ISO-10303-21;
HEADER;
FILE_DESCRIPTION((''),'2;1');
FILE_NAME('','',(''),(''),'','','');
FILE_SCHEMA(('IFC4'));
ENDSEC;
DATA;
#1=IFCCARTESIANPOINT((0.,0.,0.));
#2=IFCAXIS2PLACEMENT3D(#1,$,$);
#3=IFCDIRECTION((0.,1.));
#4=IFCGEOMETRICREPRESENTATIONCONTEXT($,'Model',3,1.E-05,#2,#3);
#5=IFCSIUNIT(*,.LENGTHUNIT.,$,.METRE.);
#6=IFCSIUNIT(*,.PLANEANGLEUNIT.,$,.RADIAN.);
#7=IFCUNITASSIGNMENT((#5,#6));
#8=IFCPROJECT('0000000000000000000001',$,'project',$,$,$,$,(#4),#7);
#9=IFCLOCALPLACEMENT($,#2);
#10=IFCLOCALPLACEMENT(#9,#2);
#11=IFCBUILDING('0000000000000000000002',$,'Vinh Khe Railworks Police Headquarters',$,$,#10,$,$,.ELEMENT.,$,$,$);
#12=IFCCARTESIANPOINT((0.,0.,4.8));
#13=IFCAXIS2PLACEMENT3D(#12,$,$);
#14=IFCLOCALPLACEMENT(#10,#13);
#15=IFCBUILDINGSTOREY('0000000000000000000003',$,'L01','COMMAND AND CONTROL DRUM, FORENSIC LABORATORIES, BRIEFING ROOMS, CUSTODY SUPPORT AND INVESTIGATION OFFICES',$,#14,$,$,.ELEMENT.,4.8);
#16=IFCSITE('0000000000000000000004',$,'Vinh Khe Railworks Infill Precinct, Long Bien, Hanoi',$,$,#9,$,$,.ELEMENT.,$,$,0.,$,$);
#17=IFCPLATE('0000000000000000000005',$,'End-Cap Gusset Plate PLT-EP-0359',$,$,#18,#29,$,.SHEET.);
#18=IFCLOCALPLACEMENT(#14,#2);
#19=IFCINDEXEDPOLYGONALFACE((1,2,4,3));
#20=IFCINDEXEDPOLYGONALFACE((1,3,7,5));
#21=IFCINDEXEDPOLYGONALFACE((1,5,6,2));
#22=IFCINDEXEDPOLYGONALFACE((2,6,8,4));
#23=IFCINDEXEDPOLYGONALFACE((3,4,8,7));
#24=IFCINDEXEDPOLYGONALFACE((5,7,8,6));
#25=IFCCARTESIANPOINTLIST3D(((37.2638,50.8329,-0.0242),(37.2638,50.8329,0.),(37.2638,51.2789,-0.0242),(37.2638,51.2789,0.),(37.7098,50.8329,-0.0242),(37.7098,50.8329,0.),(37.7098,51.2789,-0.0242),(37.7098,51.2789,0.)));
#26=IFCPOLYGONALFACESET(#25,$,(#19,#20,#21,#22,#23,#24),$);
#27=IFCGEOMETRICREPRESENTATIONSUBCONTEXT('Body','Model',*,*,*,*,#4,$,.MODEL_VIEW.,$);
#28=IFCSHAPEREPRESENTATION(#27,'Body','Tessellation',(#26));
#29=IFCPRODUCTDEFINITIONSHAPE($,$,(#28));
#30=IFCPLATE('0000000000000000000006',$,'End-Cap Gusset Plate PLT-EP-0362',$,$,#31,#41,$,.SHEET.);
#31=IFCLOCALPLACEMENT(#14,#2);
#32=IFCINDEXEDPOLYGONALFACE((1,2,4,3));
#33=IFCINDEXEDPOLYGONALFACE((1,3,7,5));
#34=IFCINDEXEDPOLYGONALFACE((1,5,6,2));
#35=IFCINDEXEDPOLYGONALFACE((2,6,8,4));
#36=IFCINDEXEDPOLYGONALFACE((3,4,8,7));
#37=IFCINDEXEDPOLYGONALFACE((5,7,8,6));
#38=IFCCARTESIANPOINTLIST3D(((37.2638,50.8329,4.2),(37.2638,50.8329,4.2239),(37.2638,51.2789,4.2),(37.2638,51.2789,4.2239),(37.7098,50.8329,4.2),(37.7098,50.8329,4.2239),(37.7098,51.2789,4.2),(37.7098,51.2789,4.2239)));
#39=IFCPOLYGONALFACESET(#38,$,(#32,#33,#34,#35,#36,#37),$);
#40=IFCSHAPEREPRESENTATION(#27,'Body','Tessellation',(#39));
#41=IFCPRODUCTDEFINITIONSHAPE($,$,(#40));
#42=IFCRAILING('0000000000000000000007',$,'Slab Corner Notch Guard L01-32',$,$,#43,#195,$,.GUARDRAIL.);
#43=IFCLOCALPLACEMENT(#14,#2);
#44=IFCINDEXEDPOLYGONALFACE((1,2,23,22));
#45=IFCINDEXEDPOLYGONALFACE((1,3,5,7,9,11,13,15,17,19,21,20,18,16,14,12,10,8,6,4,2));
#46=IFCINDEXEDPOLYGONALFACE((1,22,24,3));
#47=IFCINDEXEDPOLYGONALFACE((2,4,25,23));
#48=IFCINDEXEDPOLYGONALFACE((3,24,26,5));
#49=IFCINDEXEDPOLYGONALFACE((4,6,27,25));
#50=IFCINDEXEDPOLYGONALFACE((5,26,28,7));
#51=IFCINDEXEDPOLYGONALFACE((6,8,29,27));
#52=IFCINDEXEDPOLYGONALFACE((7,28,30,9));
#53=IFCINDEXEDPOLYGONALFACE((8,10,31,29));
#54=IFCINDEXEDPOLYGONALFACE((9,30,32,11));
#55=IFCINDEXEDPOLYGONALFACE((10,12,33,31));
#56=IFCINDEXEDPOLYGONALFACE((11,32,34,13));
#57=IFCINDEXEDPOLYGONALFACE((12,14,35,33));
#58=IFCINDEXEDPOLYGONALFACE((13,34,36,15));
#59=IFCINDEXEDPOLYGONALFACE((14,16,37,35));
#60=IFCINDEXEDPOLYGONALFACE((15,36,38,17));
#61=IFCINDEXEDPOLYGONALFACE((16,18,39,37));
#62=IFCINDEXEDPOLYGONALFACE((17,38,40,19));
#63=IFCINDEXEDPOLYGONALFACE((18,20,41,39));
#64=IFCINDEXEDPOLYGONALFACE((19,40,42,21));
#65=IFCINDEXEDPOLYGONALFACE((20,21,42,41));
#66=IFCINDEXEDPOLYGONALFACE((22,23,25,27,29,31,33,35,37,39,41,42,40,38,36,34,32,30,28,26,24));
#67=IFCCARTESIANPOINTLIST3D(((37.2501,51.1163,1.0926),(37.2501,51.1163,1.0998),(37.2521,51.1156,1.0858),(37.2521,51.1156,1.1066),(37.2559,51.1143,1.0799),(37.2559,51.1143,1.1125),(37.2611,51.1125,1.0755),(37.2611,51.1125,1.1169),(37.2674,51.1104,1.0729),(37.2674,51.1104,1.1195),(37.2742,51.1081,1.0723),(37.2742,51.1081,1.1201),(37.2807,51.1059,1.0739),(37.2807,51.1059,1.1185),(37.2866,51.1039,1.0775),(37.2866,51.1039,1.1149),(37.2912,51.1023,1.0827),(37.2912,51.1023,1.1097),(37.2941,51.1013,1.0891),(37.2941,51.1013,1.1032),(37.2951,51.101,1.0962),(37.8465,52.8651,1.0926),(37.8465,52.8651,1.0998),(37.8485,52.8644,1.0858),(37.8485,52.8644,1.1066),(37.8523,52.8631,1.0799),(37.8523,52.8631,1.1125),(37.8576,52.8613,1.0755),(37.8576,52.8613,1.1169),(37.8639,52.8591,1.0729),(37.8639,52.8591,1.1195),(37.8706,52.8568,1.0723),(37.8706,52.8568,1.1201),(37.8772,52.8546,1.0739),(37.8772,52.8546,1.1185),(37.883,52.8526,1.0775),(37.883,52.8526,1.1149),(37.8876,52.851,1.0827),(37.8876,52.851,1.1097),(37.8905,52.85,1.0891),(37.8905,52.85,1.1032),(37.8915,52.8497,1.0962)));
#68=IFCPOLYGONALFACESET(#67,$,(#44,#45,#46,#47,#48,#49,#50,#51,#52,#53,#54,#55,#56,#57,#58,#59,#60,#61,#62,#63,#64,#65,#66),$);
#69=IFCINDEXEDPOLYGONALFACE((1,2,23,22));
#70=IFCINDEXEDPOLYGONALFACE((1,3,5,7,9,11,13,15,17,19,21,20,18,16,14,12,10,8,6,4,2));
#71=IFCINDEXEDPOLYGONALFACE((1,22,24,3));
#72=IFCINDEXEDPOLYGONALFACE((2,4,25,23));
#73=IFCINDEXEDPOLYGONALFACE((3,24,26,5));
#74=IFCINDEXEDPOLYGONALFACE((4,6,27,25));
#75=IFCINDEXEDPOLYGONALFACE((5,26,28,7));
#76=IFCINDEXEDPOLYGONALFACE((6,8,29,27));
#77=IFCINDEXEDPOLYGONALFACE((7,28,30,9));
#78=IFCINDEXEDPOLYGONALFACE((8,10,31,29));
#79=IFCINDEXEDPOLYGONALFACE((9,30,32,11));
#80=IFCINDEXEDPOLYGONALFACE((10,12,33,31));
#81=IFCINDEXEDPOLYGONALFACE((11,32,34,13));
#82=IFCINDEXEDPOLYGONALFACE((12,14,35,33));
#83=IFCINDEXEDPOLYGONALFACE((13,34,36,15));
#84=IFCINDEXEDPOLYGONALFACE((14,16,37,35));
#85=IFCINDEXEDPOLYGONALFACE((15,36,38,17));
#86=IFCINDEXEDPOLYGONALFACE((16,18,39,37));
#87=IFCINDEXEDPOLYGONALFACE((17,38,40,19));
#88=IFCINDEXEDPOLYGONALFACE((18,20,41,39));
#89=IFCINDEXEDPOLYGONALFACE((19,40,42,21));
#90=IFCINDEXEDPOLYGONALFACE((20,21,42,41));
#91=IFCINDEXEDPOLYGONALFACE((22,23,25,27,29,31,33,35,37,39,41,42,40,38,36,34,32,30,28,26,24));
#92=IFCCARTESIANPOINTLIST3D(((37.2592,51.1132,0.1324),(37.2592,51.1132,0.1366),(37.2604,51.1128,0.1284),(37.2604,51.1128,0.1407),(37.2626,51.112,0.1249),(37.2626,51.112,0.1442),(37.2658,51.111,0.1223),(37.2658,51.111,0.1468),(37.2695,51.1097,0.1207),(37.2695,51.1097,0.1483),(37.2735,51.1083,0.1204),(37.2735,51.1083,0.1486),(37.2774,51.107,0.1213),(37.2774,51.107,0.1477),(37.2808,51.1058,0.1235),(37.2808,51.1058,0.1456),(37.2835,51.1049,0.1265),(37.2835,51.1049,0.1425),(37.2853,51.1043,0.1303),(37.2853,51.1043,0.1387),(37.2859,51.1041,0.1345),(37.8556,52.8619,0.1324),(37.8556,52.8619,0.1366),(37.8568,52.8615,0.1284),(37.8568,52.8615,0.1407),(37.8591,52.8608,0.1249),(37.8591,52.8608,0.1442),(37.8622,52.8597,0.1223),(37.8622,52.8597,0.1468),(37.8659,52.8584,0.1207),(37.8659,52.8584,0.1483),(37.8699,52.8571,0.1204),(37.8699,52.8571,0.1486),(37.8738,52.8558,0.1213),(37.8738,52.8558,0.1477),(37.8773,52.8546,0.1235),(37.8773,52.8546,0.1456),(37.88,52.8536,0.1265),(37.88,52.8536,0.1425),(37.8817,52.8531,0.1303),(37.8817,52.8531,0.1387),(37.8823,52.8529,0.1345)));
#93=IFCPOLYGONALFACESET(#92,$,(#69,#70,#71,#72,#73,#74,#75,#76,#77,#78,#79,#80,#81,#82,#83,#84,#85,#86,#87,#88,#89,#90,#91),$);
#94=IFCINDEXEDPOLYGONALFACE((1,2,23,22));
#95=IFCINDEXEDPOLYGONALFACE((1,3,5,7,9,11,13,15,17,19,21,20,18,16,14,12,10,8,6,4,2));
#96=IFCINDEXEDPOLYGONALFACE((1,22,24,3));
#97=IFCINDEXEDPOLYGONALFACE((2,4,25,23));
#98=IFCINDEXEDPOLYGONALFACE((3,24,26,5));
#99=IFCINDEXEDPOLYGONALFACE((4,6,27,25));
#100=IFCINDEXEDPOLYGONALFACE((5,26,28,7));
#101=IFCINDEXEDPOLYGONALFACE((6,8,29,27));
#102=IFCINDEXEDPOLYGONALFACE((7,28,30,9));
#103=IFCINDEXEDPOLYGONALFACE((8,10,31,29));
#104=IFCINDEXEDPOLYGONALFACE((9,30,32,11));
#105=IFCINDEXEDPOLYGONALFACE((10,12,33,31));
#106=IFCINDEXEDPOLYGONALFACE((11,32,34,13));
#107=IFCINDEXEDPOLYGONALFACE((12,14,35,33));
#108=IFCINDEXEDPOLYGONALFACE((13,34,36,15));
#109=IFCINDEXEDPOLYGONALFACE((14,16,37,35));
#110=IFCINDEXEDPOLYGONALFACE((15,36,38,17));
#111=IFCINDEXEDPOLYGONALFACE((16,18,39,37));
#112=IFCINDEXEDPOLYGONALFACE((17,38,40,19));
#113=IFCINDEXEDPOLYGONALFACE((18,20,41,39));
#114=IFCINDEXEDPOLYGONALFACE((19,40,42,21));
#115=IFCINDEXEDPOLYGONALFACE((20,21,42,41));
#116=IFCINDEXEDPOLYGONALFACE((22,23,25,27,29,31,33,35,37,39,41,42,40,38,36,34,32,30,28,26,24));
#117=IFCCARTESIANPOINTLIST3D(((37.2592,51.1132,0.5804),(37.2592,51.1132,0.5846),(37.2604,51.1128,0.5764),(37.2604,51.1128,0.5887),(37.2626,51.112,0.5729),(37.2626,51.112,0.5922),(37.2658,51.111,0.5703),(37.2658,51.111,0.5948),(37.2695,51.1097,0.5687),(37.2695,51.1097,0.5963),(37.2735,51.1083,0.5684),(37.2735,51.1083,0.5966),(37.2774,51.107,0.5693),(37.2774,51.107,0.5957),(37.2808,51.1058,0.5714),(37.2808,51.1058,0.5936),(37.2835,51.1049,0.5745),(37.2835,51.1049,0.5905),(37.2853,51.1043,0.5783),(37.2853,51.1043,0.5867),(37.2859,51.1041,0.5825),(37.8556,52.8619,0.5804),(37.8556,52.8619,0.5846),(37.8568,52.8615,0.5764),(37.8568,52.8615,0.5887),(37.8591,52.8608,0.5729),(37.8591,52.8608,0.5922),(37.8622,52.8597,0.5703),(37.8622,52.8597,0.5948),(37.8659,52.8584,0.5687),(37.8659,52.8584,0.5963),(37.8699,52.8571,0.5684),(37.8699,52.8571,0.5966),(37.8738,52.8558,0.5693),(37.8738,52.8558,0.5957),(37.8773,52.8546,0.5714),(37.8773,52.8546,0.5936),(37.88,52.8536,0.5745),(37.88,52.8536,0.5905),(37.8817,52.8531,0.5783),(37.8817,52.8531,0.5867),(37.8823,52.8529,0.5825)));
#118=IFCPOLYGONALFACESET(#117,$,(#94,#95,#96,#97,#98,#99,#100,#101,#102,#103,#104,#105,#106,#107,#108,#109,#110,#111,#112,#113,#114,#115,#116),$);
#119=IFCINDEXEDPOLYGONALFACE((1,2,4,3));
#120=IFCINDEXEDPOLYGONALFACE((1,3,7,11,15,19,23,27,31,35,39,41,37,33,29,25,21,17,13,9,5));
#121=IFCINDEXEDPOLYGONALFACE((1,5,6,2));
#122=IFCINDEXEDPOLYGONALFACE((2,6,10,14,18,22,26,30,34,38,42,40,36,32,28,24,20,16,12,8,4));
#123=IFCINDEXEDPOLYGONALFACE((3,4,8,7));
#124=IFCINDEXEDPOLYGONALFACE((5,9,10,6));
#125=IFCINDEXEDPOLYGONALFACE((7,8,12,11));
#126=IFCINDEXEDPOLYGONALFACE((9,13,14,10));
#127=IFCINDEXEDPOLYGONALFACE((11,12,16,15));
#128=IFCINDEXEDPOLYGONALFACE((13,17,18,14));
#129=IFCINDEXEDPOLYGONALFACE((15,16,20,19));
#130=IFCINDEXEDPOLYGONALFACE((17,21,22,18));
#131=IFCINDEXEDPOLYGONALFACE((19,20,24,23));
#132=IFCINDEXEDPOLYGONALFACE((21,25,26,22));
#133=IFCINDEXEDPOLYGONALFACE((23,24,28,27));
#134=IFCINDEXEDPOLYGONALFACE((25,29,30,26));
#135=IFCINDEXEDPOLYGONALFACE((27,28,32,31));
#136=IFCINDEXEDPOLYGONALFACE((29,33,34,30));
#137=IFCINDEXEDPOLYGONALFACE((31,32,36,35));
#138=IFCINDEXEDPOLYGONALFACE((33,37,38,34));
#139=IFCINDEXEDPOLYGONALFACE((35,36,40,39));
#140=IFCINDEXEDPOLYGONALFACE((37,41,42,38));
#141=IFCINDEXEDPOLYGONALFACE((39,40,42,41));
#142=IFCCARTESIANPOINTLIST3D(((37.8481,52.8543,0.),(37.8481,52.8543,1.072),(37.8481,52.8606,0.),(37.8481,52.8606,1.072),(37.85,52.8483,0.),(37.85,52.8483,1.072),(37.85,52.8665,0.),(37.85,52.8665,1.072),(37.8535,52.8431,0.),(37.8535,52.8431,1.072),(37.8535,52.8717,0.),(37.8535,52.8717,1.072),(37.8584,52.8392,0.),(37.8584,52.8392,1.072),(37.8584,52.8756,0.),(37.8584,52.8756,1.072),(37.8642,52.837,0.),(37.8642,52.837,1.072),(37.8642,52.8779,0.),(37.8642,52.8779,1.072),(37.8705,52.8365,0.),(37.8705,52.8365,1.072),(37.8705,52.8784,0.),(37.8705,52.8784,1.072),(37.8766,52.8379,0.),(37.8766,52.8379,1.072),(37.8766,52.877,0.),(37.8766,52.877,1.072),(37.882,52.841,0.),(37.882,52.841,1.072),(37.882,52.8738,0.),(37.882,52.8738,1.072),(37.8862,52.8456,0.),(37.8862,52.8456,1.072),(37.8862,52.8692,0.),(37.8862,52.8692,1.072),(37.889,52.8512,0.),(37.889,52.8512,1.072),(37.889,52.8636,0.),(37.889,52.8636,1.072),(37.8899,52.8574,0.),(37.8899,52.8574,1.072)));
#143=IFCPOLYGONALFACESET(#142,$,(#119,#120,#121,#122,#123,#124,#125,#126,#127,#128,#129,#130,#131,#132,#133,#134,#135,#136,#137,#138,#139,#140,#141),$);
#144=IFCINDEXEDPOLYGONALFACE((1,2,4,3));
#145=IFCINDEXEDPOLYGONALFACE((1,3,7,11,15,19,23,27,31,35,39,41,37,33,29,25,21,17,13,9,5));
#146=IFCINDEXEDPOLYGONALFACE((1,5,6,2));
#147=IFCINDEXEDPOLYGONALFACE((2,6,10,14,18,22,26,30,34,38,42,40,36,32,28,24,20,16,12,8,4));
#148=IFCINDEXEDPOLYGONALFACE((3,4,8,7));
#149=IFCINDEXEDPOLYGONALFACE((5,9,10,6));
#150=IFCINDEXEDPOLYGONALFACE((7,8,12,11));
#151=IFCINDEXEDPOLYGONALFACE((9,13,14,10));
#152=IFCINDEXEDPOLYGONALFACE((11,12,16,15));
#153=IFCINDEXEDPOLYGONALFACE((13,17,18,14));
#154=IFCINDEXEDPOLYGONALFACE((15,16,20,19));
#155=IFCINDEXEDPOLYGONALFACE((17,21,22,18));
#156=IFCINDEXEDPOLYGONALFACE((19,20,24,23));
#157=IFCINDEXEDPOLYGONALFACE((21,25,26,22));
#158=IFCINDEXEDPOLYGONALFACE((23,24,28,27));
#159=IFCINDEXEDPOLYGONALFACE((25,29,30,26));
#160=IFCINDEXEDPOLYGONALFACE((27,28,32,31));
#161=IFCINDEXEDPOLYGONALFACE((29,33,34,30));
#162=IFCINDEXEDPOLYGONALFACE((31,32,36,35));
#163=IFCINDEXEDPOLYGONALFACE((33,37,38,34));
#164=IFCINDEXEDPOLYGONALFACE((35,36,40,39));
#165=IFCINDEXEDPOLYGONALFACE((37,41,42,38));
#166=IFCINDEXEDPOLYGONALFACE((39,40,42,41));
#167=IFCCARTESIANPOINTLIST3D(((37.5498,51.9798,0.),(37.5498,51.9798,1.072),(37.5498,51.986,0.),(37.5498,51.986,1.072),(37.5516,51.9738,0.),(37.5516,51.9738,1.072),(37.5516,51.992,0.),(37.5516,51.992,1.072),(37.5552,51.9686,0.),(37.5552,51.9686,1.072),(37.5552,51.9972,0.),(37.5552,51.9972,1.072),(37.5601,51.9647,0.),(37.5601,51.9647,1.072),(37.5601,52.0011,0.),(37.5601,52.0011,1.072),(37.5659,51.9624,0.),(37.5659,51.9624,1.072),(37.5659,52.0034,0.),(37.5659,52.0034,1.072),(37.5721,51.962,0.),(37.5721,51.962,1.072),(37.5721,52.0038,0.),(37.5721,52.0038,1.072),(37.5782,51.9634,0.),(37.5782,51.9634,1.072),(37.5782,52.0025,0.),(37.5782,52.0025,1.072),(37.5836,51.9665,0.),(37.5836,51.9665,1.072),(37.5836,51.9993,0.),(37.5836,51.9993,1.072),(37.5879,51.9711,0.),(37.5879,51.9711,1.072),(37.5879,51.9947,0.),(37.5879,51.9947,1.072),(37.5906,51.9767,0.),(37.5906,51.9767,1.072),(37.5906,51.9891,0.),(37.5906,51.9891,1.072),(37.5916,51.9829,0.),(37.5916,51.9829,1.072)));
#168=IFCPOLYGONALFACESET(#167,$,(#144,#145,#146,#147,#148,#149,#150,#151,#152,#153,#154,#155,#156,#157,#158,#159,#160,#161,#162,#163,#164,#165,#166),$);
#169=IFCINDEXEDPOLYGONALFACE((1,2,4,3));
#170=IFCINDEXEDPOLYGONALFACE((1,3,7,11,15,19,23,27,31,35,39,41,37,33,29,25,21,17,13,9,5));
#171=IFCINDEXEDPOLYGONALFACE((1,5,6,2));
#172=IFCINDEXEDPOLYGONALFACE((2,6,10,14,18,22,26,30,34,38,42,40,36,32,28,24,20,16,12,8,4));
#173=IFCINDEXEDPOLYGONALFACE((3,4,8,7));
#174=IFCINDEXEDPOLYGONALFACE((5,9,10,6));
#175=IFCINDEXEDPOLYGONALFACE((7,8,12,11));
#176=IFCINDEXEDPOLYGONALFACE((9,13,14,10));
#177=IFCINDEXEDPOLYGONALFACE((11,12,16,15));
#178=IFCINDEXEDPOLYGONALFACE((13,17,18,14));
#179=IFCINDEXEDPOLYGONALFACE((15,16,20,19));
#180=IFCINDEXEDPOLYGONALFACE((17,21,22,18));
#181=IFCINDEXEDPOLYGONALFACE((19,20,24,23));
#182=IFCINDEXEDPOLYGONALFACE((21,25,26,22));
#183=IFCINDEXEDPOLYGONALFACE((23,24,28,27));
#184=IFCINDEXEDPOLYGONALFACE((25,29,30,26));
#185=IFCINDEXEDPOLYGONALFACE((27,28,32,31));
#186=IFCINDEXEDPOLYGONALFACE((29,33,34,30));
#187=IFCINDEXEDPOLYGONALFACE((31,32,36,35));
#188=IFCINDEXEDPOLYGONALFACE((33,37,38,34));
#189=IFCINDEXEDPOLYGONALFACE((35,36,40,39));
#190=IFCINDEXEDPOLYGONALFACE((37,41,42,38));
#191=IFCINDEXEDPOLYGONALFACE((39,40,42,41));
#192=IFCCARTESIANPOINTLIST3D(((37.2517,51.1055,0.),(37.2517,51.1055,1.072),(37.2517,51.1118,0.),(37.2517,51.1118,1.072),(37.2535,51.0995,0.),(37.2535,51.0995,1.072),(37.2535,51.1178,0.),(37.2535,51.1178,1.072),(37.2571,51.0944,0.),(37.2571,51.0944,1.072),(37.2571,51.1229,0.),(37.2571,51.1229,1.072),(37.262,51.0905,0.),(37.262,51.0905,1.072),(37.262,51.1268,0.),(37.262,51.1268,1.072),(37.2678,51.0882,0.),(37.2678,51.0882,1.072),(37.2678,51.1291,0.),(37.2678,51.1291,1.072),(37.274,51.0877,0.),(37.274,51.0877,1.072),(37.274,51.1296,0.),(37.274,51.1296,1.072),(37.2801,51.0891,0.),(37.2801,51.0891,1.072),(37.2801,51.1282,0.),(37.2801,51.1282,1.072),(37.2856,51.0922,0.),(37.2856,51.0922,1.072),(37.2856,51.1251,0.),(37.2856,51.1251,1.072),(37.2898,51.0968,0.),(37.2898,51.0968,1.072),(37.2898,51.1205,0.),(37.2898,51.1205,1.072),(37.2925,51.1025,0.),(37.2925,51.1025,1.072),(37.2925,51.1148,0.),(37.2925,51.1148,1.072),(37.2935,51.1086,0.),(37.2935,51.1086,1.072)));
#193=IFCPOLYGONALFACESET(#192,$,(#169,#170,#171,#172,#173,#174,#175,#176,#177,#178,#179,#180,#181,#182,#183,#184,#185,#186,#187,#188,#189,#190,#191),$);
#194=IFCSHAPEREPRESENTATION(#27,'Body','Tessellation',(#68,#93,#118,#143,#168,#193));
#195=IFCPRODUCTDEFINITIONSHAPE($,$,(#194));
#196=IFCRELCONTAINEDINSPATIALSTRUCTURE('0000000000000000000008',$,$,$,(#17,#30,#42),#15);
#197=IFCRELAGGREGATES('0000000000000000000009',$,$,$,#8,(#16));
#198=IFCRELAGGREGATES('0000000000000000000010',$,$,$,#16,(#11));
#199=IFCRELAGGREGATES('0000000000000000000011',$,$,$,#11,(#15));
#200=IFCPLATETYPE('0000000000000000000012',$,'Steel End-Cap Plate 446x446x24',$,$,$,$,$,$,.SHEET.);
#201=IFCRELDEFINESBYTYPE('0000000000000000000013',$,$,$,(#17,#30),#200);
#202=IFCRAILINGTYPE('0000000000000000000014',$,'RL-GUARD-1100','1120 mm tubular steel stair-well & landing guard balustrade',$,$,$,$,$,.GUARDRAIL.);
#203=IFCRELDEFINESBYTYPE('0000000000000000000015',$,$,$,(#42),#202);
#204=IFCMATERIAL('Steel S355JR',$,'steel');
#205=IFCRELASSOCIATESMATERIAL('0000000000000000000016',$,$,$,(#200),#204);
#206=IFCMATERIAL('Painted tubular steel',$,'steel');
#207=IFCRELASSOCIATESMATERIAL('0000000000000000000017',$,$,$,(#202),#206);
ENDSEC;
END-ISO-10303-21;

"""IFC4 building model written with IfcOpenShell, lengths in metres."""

from ifc_helpers import new_model, si_unit, direction, frame, origin, origin_2d, place, context, subcontext, project, spatial, rectangle, circle, extrude, material, material_profile, profile_set, type_object, element, save


model = new_model("IFC4")

# Units and contexts
model_context = context("Model", 3, precision=1e-05, world=origin(), true_north=direction((0.0, 1.0)))
body_context = subcontext(model_context, "Body", "Model", "MODEL_VIEW")
ifc_project = project(units=[si_unit("LENGTHUNIT", "METRE"), si_unit("PLANEANGLEUNIT", "RADIAN")], contexts=[model_context])

# Site, building, storey
site_placement = place(None, origin())
site = spatial("IfcSite", under=ifc_project, at=site_placement, Name="Vinh Khe Railworks Infill Precinct, Long Bien, Hanoi", CompositionType="ELEMENT", RefElevation=0.0)
building_placement = place(site_placement, origin())
building = spatial("IfcBuilding", under=site, at=building_placement, Name="Vinh Khe Railworks Police Headquarters", CompositionType="ELEMENT")
storey_placement = place(building_placement, frame((0.0, 0.0, 4.8)))
storey = spatial("IfcBuildingStorey", under=building, at=storey_placement, Name="L01", Description="COMMAND AND CONTROL DRUM, FORENSIC LABORATORIES, BRIEFING ROOMS, CUSTODY SUPPORT AND INVESTIGATION OFFICES", CompositionType="ELEMENT", Elevation=4.8)

# Shared definitions
ifc_material_1 = material(Name="Steel S355JR", Category="steel")

# Plates
ifc_material_profile_1 = material_profile(ifc_material_1, rectangle(XDim=0.446, YDim=0.446, at=origin_2d()), Name="PL 446x446")
ifc_profile_set_1 = profile_set([ifc_material_profile_1], Name="Steel S355JR")
plate_type_1 = type_object("IfcPlateType", Name="Steel End-Cap Plate 446x446x24", PredefinedType="SHEET", material=ifc_profile_set_1)
plate_1_placement = place(storey_placement, frame((37.4868, 51.0559, 0.0), z_axis=(0.0, 0.0, -1.0), x_axis=(1.0, 0.0, 0.0)))
element("IfcPlate", 1, at=plate_1_placement, inside=storey, type_object=plate_type_1, Name="End-Cap Gusset Plate PLT-EP-0359", PredefinedType="SHEET", context=body_context, shape_type="SweptSolid", body=[
    extrude(rectangle(XDim=0.446, YDim=0.446, at=origin_2d()), origin(), (0.0, 0.0, 1.0), 0.0242),
])
plate_2_placement = place(storey_placement, frame((37.4868, 51.0559, 4.2), z_axis=(0.0, 0.0, 1.0), x_axis=(1.0, 0.0, 0.0)))
element("IfcPlate", 2, at=plate_2_placement, inside=storey, type_object=plate_type_1, Name="End-Cap Gusset Plate PLT-EP-0362", PredefinedType="SHEET", context=body_context, shape_type="SweptSolid", body=[
    extrude(rectangle(XDim=0.446, YDim=0.446, at=origin_2d()), origin(), (0.0, 0.0, 1.0), 0.0239),
])

# Railing
ifc_material_2 = material(Name="Painted tubular steel", Category="steel")
railing_type = type_object("IfcRailingType", Name="RL-GUARD-1100", Description="1120 mm tubular steel stair-well & landing guard balustrade", PredefinedType="GUARDRAIL", material=ifc_material_2)
railing_placement = place(storey_placement, frame((37.8689, 52.8574, 0.0)))
element("IfcRailing", 3, at=railing_placement, inside=storey, type_object=railing_type, Name="Slab Corner Notch Guard L01-32", PredefinedType="GUARDRAIL", context=body_context, shape_type="SweptSolid", body=[
    extrude(circle(Radius=0.0239, at=origin_2d()), frame((0.0, 0.0, 1.0962), z_axis=(-0.3228, -0.946467, 0.0), x_axis=(0.946467, -0.3228, 0.0)), (0.0, 0.0, 1.0), 1.8477),
    extrude(circle(Radius=0.0142, at=origin_2d()), frame((0.0, 0.0, 0.1345), z_axis=(-0.3228, -0.946467, 0.0), x_axis=(0.946467, -0.3228, 0.0)), (0.0, 0.0, 1.0), 1.8477),
    extrude(circle(Radius=0.0142, at=origin_2d()), frame((0.0, 0.0, 0.5825), z_axis=(-0.3228, -0.946467, 0.0), x_axis=(0.946467, -0.3228, 0.0)), (0.0, 0.0, 1.0), 1.8477),
    extrude(circle(Radius=0.021, at=origin_2d()), origin(), (0.0, 0.0, 1.0), 1.072),
    extrude(circle(Radius=0.021, at=origin_2d()), frame((-0.2983, -0.8745, 0.0)), (0.0, 0.0, 1.0), 1.072),
    extrude(circle(Radius=0.021, at=origin_2d()), frame((-0.5964, -1.7488, 0.0)), (0.0, 0.0, 1.0), 1.072),
])

save(model, "model.ifc")
